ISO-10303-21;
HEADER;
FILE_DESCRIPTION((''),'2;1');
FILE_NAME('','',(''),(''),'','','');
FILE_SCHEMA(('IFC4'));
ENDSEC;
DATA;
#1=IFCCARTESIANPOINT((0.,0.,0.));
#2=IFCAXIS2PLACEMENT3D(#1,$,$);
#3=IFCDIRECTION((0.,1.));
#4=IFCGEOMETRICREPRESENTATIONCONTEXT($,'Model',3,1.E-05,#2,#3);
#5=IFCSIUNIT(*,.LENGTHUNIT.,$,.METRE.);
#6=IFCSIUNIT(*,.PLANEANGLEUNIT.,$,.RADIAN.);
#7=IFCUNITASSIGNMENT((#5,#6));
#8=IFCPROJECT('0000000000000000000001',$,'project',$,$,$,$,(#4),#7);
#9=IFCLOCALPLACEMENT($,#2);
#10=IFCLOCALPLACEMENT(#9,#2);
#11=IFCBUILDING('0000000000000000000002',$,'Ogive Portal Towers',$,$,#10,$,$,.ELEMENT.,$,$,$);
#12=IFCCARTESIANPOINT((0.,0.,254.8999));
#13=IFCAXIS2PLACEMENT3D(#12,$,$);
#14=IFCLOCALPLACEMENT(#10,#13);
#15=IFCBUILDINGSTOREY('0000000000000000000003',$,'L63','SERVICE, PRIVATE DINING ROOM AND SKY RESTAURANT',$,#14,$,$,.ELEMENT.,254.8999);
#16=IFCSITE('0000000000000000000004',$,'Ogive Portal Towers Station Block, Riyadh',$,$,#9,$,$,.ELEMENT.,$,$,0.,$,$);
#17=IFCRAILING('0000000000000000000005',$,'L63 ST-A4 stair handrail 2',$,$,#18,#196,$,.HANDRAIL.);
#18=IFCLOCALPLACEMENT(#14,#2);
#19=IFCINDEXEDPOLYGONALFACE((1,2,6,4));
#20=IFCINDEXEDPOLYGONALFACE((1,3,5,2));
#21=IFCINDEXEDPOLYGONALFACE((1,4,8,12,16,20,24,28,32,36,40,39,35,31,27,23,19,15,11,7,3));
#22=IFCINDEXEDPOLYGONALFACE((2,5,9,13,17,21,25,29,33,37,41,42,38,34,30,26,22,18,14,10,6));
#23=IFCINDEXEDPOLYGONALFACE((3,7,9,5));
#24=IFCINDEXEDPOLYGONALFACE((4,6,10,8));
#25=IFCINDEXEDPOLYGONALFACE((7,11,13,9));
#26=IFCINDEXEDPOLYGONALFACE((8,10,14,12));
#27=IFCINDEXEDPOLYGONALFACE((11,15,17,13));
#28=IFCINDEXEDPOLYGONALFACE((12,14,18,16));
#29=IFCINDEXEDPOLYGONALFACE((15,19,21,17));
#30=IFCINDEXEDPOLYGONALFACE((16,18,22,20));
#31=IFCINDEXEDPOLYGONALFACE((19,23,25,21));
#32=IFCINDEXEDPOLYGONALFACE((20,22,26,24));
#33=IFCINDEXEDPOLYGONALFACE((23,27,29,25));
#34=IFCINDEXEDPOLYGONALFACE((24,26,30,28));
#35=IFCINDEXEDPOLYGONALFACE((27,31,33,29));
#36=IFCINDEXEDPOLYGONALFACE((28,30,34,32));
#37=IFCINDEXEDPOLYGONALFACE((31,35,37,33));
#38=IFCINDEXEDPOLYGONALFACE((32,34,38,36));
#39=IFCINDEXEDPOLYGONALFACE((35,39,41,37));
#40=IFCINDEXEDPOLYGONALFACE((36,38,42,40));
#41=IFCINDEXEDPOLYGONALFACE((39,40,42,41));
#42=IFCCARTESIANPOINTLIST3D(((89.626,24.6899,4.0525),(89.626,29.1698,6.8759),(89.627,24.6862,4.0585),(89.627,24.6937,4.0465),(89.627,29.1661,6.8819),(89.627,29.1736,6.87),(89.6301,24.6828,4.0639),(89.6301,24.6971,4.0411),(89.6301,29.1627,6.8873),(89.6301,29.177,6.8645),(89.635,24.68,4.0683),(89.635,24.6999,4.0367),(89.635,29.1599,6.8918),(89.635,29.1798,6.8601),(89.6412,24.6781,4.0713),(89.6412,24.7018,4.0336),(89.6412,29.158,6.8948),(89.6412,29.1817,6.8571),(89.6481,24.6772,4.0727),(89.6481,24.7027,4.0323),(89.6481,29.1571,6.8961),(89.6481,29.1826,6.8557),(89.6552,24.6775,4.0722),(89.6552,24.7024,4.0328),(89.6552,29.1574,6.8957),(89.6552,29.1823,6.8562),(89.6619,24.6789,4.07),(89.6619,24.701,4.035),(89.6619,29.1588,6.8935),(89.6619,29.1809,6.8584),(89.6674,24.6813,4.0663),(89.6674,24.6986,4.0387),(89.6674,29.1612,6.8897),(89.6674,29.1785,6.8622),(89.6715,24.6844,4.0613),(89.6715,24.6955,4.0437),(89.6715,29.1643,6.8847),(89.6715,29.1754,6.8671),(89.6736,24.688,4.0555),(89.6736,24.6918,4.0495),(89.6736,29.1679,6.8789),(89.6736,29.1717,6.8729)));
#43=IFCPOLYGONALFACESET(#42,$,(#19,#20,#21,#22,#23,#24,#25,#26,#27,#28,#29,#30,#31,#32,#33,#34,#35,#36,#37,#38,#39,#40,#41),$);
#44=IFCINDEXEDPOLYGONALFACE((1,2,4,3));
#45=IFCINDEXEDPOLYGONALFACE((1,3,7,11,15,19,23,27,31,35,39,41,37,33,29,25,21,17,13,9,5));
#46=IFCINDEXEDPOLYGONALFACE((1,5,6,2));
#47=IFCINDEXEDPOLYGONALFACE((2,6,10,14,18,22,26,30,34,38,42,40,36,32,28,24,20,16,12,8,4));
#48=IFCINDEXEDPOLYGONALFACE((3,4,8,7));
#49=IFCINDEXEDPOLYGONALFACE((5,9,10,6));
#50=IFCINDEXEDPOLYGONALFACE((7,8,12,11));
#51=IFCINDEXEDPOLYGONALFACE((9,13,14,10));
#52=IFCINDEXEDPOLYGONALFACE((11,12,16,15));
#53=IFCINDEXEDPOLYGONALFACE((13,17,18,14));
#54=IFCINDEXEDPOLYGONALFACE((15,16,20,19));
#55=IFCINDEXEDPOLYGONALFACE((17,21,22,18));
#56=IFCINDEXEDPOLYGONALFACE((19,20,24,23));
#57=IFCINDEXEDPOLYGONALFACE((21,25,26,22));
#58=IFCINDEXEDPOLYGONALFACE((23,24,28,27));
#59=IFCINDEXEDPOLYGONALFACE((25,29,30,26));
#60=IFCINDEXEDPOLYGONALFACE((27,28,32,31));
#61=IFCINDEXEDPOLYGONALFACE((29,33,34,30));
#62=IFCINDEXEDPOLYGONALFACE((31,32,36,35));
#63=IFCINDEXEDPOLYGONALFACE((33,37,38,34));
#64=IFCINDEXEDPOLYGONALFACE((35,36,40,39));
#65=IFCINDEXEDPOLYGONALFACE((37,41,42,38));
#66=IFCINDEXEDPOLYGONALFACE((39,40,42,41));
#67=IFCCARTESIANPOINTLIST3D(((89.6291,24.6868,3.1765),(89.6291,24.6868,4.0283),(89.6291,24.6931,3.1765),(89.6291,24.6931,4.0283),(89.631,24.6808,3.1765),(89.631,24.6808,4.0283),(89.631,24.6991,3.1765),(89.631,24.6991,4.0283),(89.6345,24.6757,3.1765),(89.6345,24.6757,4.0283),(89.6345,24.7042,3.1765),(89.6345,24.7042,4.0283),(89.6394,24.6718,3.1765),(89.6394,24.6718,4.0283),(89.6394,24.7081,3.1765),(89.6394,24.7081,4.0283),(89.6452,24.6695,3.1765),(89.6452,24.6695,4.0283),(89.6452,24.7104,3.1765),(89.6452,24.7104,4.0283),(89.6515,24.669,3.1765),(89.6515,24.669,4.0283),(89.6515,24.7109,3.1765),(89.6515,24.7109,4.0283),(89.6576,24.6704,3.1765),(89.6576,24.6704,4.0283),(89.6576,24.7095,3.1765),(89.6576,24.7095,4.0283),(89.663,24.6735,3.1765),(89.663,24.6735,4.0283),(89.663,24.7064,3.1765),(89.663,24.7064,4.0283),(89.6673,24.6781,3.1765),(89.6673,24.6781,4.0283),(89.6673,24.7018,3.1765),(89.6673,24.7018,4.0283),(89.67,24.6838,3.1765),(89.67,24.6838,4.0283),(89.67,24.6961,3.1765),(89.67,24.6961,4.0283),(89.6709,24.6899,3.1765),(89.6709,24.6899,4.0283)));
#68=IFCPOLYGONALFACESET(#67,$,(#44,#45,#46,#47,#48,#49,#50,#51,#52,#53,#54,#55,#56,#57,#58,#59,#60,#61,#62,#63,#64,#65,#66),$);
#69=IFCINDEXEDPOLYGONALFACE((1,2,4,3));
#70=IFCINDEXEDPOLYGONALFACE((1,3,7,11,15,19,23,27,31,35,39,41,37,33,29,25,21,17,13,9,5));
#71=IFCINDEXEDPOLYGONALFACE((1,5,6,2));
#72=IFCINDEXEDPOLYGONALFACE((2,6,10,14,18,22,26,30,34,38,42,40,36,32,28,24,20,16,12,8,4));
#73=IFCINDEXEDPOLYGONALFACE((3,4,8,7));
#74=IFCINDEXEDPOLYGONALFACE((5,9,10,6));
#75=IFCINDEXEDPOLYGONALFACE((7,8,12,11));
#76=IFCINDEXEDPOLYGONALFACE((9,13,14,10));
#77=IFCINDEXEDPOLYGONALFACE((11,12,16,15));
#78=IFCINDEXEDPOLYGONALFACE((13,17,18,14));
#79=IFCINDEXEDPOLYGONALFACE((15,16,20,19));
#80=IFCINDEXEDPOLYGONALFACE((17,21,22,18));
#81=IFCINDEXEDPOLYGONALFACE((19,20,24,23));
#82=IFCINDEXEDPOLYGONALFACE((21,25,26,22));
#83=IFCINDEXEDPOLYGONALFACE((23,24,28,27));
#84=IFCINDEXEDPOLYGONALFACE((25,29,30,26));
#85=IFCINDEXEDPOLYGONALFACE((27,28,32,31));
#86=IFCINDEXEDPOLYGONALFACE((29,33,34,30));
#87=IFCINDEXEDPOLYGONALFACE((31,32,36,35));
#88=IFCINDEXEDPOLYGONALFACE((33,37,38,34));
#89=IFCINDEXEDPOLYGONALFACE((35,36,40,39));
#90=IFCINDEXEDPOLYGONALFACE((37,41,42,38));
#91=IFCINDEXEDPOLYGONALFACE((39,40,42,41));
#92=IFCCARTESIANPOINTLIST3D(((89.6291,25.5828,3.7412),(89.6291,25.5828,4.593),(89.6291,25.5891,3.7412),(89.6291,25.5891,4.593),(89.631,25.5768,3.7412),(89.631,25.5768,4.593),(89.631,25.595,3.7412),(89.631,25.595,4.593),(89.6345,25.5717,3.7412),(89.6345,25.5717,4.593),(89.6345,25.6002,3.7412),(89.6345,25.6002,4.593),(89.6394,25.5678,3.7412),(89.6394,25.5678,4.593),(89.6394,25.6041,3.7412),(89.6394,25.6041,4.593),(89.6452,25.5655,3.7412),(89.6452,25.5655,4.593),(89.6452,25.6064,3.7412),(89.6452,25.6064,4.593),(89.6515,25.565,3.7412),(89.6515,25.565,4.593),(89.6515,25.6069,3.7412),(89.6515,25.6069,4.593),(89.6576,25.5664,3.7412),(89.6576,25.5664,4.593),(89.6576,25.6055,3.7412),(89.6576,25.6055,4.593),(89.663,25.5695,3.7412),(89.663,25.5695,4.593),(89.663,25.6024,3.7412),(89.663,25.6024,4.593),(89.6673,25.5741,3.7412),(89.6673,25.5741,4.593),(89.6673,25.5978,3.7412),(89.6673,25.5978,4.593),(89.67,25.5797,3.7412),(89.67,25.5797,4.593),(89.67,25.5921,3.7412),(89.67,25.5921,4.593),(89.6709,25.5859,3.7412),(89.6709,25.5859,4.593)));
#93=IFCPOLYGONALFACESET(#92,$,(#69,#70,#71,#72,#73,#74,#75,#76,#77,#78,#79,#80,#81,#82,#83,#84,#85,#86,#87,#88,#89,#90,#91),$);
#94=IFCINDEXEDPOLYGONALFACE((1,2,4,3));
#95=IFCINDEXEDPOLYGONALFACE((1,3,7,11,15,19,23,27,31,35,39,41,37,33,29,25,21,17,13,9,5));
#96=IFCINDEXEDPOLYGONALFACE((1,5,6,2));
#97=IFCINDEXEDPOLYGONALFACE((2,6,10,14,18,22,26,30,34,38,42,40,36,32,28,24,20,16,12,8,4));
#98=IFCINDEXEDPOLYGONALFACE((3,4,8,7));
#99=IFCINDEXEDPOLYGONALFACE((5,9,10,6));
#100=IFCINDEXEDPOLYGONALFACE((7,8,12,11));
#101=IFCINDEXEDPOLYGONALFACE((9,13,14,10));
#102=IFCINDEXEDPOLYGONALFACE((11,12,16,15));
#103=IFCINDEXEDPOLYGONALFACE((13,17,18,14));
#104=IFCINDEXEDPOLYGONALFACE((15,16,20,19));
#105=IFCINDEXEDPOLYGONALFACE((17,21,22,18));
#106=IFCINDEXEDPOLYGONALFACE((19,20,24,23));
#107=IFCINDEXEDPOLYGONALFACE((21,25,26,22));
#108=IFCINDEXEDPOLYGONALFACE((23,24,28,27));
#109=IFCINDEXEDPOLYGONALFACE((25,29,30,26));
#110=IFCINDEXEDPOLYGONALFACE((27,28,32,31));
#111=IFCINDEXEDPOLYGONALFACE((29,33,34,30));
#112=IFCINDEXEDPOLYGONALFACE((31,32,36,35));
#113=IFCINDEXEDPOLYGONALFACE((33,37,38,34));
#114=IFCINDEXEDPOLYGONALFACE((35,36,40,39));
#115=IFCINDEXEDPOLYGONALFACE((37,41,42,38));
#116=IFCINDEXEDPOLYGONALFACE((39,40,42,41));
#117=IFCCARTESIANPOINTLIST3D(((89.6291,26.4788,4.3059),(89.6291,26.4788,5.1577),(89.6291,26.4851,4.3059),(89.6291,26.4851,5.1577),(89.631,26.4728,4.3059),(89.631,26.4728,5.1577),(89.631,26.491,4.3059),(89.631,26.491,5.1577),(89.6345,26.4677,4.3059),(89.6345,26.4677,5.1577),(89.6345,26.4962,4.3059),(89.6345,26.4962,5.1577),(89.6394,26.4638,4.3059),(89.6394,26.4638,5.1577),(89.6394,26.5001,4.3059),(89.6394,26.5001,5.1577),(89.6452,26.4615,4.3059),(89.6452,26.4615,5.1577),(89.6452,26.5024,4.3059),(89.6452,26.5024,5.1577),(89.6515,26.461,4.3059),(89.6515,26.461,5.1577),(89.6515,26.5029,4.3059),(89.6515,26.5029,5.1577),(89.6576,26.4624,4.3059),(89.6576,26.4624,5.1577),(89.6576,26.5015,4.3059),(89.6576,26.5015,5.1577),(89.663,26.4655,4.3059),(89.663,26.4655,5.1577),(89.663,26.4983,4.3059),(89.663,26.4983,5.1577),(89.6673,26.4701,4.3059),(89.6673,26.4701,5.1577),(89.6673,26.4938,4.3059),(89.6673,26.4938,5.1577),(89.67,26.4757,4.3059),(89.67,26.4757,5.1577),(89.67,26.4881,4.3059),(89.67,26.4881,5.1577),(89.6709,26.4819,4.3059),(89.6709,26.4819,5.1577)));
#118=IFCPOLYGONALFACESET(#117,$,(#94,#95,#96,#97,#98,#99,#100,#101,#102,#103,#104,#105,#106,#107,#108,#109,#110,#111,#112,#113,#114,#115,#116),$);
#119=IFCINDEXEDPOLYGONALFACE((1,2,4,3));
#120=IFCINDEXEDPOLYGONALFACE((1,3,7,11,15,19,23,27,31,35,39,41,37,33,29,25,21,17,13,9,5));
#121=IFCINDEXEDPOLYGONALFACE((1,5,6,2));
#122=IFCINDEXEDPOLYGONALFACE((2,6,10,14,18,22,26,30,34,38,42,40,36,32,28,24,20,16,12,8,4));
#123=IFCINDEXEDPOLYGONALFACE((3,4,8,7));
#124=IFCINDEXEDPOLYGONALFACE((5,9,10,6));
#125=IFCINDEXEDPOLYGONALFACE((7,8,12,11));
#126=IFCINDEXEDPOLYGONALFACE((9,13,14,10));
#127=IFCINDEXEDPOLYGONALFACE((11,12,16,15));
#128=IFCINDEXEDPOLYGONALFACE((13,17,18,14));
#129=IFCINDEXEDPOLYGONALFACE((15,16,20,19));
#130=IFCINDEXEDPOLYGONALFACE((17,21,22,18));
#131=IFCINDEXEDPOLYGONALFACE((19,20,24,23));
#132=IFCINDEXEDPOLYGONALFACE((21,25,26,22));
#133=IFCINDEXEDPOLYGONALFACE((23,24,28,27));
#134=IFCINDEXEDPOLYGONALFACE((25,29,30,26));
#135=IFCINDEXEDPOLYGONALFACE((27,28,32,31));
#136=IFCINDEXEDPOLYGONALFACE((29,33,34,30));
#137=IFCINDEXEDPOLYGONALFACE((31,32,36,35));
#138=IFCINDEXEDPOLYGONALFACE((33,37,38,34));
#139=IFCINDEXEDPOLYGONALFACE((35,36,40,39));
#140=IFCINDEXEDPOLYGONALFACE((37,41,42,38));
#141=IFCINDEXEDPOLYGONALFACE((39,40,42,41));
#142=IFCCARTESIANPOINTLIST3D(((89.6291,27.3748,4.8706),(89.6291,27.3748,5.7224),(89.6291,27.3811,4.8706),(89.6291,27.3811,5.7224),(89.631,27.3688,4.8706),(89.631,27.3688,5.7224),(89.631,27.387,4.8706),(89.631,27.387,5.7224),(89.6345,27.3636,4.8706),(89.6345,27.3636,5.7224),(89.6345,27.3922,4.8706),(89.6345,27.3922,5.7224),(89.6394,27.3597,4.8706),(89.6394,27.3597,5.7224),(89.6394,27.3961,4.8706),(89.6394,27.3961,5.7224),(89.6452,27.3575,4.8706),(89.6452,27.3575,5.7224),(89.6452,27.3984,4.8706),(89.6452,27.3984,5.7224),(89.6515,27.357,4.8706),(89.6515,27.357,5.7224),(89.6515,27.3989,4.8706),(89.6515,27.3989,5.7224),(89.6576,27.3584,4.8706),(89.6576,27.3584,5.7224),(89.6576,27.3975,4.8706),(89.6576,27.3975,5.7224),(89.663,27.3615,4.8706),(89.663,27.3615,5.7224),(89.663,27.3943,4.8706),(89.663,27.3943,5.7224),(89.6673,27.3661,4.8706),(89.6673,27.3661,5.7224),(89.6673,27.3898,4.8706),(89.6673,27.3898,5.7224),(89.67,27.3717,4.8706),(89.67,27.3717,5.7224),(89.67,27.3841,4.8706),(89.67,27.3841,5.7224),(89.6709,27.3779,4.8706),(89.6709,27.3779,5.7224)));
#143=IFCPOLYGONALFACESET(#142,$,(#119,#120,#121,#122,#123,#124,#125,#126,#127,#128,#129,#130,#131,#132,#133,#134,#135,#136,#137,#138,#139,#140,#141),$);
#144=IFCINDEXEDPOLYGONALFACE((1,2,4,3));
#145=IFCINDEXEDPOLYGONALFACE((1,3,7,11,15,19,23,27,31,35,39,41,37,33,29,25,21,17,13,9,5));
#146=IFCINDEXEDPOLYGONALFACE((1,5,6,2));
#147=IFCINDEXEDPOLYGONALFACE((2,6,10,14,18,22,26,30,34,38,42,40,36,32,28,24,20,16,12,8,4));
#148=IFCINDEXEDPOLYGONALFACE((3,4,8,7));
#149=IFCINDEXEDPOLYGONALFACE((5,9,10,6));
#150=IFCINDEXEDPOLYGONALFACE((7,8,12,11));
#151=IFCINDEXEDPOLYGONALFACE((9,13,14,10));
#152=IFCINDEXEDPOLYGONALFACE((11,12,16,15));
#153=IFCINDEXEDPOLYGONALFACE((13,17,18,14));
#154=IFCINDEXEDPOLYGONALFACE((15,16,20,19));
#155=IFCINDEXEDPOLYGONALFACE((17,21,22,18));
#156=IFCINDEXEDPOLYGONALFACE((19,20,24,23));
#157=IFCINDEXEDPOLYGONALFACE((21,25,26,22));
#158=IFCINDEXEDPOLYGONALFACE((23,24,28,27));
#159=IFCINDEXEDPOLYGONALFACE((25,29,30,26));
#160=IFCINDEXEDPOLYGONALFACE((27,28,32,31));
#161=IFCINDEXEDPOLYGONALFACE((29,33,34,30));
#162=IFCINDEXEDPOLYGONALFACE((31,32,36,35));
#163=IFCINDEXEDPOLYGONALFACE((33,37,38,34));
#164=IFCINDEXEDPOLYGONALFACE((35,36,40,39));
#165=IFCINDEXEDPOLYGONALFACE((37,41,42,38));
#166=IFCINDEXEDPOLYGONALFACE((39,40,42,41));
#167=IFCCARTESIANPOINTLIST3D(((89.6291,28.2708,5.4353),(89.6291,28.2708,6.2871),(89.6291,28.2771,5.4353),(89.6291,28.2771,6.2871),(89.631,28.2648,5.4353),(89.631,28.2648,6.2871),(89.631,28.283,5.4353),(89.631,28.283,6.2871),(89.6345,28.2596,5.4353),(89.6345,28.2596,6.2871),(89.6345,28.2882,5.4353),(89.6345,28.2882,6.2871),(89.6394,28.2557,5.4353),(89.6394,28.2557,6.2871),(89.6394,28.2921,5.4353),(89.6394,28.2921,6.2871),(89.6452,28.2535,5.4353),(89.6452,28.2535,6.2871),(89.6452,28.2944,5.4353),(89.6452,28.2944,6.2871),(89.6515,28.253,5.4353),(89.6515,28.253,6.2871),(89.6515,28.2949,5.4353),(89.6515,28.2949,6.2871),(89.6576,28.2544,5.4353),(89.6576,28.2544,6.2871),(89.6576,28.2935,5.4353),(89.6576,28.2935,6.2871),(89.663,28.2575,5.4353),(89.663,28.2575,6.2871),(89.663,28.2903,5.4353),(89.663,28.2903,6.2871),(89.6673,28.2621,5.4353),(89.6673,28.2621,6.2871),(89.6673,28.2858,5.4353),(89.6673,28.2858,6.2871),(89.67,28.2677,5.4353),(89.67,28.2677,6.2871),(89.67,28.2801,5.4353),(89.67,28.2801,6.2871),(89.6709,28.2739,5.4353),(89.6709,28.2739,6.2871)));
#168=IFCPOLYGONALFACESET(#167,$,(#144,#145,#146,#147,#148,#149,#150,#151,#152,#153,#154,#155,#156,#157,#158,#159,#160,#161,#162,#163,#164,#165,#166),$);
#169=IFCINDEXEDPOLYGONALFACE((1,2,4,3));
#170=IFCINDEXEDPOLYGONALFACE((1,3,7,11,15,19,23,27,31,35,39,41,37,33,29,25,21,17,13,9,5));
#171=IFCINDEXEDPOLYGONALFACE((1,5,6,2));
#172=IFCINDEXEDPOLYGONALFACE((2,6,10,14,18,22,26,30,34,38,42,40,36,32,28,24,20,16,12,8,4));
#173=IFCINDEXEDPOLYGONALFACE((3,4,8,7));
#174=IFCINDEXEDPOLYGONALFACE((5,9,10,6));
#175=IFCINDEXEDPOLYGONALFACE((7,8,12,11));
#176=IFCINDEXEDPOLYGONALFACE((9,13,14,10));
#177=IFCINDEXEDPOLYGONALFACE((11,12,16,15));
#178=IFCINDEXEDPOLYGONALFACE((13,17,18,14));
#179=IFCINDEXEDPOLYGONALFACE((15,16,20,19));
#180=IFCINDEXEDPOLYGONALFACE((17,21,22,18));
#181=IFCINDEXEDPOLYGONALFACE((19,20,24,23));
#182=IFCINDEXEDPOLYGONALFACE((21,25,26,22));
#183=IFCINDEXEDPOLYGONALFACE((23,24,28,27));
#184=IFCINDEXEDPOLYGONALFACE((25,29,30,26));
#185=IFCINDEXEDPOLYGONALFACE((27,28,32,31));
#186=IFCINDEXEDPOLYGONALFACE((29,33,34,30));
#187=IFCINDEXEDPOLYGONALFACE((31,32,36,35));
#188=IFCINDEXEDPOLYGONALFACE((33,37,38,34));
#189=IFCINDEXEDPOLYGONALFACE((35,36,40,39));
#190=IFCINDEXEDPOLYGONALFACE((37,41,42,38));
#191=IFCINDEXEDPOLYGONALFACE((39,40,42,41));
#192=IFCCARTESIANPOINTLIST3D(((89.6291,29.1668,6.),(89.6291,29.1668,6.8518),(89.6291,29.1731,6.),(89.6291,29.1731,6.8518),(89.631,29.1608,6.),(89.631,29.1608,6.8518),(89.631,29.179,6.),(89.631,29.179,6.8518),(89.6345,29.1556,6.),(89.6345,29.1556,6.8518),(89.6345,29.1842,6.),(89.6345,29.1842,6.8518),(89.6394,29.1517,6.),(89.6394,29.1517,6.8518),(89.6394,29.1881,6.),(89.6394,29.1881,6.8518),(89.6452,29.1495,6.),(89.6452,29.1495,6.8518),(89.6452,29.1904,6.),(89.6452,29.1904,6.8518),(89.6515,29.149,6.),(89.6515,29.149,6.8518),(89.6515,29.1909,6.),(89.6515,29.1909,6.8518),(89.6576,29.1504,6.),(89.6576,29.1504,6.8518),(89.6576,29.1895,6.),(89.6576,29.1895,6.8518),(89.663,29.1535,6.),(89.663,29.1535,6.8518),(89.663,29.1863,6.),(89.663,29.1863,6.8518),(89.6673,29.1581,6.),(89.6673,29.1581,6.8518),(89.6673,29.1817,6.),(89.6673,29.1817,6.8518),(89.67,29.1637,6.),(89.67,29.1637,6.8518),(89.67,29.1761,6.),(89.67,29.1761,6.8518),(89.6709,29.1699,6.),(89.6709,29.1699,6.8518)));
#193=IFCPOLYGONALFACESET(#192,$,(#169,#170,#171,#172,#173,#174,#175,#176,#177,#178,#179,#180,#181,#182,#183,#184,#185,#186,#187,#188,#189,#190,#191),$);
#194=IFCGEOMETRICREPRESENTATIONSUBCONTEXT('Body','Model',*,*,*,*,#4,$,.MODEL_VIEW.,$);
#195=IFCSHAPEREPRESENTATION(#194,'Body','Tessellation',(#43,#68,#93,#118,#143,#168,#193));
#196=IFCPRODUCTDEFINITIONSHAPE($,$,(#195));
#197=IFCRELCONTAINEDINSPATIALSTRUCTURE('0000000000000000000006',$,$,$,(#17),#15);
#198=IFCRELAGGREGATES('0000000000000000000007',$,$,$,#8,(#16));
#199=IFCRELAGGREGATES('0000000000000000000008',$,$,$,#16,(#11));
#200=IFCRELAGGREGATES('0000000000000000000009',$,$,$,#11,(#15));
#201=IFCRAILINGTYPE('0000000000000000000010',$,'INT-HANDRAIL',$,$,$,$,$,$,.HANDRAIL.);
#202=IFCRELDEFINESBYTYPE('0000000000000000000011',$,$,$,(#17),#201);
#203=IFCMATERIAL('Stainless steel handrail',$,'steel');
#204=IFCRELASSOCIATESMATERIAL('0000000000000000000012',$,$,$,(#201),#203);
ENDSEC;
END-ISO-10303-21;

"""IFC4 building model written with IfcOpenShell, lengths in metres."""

from ifc_helpers import new_model, si_unit, direction, frame, origin, origin_2d, place, context, subcontext, project, spatial, circle, extrude, material, type_object, element, save


model = new_model("IFC4")

# Units and contexts
model_context = context("Model", 3, precision=1e-05, world=origin(), true_north=direction((0.0, 1.0)))
body_context = subcontext(model_context, "Body", "Model", "MODEL_VIEW")
ifc_project = project(units=[si_unit("LENGTHUNIT", "METRE"), si_unit("PLANEANGLEUNIT", "RADIAN")], contexts=[model_context])

# Site, building, storey
site_placement = place(None, origin())
site = spatial("IfcSite", under=ifc_project, at=site_placement, Name="Ogive Portal Towers Station Block, Riyadh", CompositionType="ELEMENT", RefElevation=0.0)
building_placement = place(site_placement, origin())
building = spatial("IfcBuilding", under=site, at=building_placement, Name="Ogive Portal Towers", CompositionType="ELEMENT")
storey_placement = place(building_placement, frame((0.0, 0.0, 254.8999)))
storey = spatial("IfcBuildingStorey", under=building, at=storey_placement, Name="L63", Description="SERVICE, PRIVATE DINING ROOM AND SKY RESTAURANT", CompositionType="ELEMENT", Elevation=254.8999)

# Railing
ifc_material_1 = material(Name="Stainless steel handrail", Category="steel")
railing_type_1 = type_object("IfcRailingType", Name="INT-HANDRAIL", PredefinedType="HANDRAIL", material=ifc_material_1)
railing_1_placement = place(storey_placement, frame((89.6499, 24.6899, 3.1765)))
element("IfcRailing", 1, at=railing_1_placement, inside=storey, type_object=railing_type_1, Name="L63 ST-A4 stair handrail 2", PredefinedType="HANDRAIL", context=body_context, shape_type="SweptSolid", body=[
    extrude(circle(Radius=0.0239, at=origin_2d()), frame((0.0, 0.0, 0.876), z_axis=(0.0, 0.845998, 0.533186), x_axis=(-1.0, 0.0, 0.0)), (0.0, 0.0, 1.0), 5.2954),
    extrude(circle(Radius=0.021, at=origin_2d()), origin(), (0.0, 0.0, 1.0), 0.8518),
    extrude(circle(Radius=0.021, at=origin_2d()), frame((0.0, 0.896, 0.5647)), (0.0, 0.0, 1.0), 0.8518),
    extrude(circle(Radius=0.021, at=origin_2d()), frame((0.0, 1.792, 1.1294)), (0.0, 0.0, 1.0), 0.8518),
    extrude(circle(Radius=0.021, at=origin_2d()), frame((0.0, 2.688, 1.6941)), (0.0, 0.0, 1.0), 0.8518),
    extrude(circle(Radius=0.021, at=origin_2d()), frame((0.0, 3.584, 2.2588)), (0.0, 0.0, 1.0), 0.8518),
    extrude(circle(Radius=0.021, at=origin_2d()), frame((0.0, 4.48, 2.8235)), (0.0, 0.0, 1.0), 0.8518),
])

save(model, "model.ifc")
